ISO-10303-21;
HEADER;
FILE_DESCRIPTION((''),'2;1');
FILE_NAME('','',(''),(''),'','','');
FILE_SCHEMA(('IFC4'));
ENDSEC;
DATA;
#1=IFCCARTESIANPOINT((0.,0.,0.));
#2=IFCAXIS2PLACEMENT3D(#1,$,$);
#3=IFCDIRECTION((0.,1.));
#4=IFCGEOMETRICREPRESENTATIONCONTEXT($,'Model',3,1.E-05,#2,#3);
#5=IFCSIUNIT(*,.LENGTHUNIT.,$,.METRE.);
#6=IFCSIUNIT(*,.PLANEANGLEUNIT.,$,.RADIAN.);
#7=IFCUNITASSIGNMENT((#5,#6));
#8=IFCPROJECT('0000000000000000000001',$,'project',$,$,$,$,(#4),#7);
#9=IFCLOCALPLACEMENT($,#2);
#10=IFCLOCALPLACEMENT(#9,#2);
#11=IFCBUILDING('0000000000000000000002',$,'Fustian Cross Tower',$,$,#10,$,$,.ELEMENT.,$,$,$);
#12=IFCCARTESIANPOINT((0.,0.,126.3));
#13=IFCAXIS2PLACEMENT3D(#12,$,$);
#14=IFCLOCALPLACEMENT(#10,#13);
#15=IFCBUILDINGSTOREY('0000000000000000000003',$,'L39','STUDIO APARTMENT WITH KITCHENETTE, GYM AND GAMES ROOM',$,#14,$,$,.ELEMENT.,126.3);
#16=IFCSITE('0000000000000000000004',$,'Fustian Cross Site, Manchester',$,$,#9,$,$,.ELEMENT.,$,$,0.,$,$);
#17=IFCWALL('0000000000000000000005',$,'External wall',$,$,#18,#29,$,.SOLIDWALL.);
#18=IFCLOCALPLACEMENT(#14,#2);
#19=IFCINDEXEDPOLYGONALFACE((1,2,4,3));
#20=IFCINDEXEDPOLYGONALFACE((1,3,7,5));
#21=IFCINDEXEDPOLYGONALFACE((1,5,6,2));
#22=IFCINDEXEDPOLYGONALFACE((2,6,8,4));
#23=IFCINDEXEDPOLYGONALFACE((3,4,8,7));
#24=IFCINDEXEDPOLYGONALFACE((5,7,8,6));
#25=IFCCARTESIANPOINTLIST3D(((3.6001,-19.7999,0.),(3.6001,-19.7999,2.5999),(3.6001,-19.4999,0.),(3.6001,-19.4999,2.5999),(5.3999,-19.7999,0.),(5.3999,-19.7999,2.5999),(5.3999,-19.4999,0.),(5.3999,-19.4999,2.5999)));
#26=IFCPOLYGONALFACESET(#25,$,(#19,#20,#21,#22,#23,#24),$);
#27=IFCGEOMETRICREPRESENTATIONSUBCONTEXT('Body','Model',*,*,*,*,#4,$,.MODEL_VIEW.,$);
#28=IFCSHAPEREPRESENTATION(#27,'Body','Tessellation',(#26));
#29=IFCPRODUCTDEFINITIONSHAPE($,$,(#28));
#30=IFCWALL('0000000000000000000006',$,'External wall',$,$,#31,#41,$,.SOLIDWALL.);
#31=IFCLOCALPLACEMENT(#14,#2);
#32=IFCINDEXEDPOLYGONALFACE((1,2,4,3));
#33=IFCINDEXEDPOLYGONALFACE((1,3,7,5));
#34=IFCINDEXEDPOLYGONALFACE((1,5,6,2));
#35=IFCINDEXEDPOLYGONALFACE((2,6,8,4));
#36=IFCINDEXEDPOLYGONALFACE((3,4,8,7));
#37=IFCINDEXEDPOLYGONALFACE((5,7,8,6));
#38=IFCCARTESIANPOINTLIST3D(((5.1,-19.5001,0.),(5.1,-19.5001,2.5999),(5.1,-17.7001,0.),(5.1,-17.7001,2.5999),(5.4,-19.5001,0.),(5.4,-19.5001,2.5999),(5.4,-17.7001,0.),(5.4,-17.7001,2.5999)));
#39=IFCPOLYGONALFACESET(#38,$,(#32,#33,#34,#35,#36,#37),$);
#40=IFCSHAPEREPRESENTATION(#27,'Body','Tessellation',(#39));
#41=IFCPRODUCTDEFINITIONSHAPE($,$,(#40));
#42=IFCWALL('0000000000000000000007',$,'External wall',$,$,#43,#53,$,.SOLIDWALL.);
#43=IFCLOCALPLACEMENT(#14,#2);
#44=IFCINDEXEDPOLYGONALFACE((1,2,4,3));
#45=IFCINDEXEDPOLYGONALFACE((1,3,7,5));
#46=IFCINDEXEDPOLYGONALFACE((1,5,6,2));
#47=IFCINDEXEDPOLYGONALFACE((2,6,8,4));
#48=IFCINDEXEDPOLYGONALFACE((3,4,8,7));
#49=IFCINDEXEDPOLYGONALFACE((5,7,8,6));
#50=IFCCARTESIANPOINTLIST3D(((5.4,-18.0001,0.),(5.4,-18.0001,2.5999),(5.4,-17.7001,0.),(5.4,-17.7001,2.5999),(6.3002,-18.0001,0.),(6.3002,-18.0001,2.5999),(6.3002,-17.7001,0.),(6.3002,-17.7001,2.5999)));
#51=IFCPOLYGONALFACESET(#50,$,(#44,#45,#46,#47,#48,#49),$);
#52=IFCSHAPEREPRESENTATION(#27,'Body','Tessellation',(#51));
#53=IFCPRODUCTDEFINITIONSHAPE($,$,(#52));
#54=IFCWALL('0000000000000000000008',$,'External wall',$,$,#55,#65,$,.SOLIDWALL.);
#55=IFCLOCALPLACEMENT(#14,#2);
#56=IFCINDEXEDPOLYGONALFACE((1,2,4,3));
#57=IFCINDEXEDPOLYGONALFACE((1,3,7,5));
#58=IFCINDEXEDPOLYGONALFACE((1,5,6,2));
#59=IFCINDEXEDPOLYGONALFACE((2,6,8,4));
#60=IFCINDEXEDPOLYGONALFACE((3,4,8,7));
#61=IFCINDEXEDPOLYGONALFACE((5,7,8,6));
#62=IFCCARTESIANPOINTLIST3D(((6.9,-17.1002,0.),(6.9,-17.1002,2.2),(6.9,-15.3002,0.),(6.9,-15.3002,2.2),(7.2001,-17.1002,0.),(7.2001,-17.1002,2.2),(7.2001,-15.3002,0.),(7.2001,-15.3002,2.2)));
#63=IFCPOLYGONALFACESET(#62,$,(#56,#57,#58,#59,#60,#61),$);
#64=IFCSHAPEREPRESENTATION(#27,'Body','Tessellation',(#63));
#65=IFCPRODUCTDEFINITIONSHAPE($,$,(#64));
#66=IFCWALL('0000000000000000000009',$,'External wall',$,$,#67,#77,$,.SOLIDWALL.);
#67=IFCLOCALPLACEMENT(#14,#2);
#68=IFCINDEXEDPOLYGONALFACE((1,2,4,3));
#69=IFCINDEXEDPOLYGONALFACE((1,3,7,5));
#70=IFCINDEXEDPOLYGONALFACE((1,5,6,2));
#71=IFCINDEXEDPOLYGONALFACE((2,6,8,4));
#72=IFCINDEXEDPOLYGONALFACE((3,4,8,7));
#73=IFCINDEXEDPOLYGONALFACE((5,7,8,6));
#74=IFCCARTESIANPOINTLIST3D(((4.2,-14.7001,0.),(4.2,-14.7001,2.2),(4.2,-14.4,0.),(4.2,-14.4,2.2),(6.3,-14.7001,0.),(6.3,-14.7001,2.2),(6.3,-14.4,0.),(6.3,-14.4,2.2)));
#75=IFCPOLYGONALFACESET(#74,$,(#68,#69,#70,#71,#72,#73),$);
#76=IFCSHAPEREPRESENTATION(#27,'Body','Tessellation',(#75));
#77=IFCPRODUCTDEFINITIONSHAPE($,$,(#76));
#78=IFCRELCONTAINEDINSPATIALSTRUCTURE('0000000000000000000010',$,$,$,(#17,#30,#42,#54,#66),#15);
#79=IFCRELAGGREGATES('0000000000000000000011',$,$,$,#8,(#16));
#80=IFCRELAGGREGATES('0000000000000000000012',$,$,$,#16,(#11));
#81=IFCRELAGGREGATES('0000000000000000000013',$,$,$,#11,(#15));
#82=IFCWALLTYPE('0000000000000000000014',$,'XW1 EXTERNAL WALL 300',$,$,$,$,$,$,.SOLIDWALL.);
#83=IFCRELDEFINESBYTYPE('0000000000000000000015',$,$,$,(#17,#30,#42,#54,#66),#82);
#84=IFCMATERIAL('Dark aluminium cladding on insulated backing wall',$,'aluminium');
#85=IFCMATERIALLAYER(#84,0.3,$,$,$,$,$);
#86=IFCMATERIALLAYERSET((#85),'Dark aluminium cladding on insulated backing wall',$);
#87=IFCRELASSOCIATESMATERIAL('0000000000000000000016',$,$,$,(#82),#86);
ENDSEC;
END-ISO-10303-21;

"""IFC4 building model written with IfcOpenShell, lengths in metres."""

from ifc_helpers import new_model, si_unit, direction, frame, frame_2d, origin, place, context, subcontext, project, spatial, rectangle, extrude, material, layer, layer_set, type_object, element, save


model = new_model("IFC4")

# Units and contexts
model_context = context("Model", 3, precision=1e-05, world=origin(), true_north=direction((0.0, 1.0)))
body_context = subcontext(model_context, "Body", "Model", "MODEL_VIEW")
ifc_project = project(units=[si_unit("LENGTHUNIT", "METRE"), si_unit("PLANEANGLEUNIT", "RADIAN")], contexts=[model_context])

# Site, building, storey
site_placement = place(None, origin())
site = spatial("IfcSite", under=ifc_project, at=site_placement, Name="Fustian Cross Site, Manchester", CompositionType="ELEMENT", RefElevation=0.0)
building_placement = place(site_placement, origin())
building = spatial("IfcBuilding", under=site, at=building_placement, Name="Fustian Cross Tower", CompositionType="ELEMENT")
storey_placement = place(building_placement, frame((0.0, 0.0, 126.3)))
storey = spatial("IfcBuildingStorey", under=building, at=storey_placement, Name="L39", Description="STUDIO APARTMENT WITH KITCHENETTE, GYM AND GAMES ROOM", CompositionType="ELEMENT", Elevation=126.3)

# Walls
ifc_material_1 = material(Name="Dark aluminium cladding on insulated backing wall", Category="aluminium")
ifc_layer_1 = layer(ifc_material_1, 0.3)
ifc_layer_set_1 = layer_set([ifc_layer_1], Name="Dark aluminium cladding on insulated backing wall")
wall_type_1 = type_object("IfcWallType", Name="XW1 EXTERNAL WALL 300", PredefinedType="SOLIDWALL", material=ifc_layer_set_1)
wall_1_placement = place(storey_placement, frame((3.6001, -19.6499, 0.0), z_axis=(0.0, 0.0, 1.0), x_axis=(1.0, 0.0, 0.0)))
element("IfcWall", 1, at=wall_1_placement, inside=storey, type_object=wall_type_1, Name="External wall", PredefinedType="SOLIDWALL", context=body_context, shape_type="SweptSolid", body=[
    extrude(rectangle(XDim=1.7998, YDim=0.3, at=frame_2d((0.8999, 0.0))), origin(), (0.0, 0.0, 1.0), 2.5999),
])
wall_2_placement = place(storey_placement, frame((5.25, -19.5, 0.0), z_axis=(0.0, 0.0, 1.0), x_axis=(0.0, 1.0, 0.0)))
element("IfcWall", 2, at=wall_2_placement, inside=storey, type_object=wall_type_1, Name="External wall", PredefinedType="SOLIDWALL", context=body_context, shape_type="SweptSolid", body=[
    extrude(rectangle(XDim=1.8, YDim=0.3, at=frame_2d((0.8999, 0.0))), origin(), (0.0, 0.0, 1.0), 2.5999),
])
wall_3_placement = place(storey_placement, frame((5.3999, -17.8501, 0.0), z_axis=(0.0, 0.0, 1.0), x_axis=(1.0, 0.0, 0.0)))
element("IfcWall", 3, at=wall_3_placement, inside=storey, type_object=wall_type_1, Name="External wall", PredefinedType="SOLIDWALL", context=body_context, shape_type="SweptSolid", body=[
    extrude(rectangle(XDim=0.9001, YDim=0.3, at=frame_2d((0.4502, 0.0))), origin(), (0.0, 0.0, 1.0), 2.5999),
])
wall_4_placement = place(storey_placement, frame((7.05, -17.1001, 0.0), z_axis=(0.0, 0.0, 1.0), x_axis=(0.0, 1.0, 0.0)))
element("IfcWall", 4, at=wall_4_placement, inside=storey, type_object=wall_type_1, Name="External wall", PredefinedType="SOLIDWALL", context=body_context, shape_type="SweptSolid", body=[
    extrude(rectangle(XDim=1.8, YDim=0.3, at=frame_2d((0.8999, 0.0))), origin(), (0.0, 0.0, 1.0), 2.2),
])
wall_5_placement = place(storey_placement, frame((6.3, -14.55, 0.0), z_axis=(0.0, 0.0, 1.0), x_axis=(-1.0, 0.0, 0.0)))
element("IfcWall", 5, at=wall_5_placement, inside=storey, type_object=wall_type_1, Name="External wall", PredefinedType="SOLIDWALL", context=body_context, shape_type="SweptSolid", body=[
    extrude(rectangle(XDim=2.1001, YDim=0.3, at=frame_2d((1.05, 0.0))), origin(), (0.0, 0.0, 1.0), 2.2),
])

save(model, "model.ifc")
